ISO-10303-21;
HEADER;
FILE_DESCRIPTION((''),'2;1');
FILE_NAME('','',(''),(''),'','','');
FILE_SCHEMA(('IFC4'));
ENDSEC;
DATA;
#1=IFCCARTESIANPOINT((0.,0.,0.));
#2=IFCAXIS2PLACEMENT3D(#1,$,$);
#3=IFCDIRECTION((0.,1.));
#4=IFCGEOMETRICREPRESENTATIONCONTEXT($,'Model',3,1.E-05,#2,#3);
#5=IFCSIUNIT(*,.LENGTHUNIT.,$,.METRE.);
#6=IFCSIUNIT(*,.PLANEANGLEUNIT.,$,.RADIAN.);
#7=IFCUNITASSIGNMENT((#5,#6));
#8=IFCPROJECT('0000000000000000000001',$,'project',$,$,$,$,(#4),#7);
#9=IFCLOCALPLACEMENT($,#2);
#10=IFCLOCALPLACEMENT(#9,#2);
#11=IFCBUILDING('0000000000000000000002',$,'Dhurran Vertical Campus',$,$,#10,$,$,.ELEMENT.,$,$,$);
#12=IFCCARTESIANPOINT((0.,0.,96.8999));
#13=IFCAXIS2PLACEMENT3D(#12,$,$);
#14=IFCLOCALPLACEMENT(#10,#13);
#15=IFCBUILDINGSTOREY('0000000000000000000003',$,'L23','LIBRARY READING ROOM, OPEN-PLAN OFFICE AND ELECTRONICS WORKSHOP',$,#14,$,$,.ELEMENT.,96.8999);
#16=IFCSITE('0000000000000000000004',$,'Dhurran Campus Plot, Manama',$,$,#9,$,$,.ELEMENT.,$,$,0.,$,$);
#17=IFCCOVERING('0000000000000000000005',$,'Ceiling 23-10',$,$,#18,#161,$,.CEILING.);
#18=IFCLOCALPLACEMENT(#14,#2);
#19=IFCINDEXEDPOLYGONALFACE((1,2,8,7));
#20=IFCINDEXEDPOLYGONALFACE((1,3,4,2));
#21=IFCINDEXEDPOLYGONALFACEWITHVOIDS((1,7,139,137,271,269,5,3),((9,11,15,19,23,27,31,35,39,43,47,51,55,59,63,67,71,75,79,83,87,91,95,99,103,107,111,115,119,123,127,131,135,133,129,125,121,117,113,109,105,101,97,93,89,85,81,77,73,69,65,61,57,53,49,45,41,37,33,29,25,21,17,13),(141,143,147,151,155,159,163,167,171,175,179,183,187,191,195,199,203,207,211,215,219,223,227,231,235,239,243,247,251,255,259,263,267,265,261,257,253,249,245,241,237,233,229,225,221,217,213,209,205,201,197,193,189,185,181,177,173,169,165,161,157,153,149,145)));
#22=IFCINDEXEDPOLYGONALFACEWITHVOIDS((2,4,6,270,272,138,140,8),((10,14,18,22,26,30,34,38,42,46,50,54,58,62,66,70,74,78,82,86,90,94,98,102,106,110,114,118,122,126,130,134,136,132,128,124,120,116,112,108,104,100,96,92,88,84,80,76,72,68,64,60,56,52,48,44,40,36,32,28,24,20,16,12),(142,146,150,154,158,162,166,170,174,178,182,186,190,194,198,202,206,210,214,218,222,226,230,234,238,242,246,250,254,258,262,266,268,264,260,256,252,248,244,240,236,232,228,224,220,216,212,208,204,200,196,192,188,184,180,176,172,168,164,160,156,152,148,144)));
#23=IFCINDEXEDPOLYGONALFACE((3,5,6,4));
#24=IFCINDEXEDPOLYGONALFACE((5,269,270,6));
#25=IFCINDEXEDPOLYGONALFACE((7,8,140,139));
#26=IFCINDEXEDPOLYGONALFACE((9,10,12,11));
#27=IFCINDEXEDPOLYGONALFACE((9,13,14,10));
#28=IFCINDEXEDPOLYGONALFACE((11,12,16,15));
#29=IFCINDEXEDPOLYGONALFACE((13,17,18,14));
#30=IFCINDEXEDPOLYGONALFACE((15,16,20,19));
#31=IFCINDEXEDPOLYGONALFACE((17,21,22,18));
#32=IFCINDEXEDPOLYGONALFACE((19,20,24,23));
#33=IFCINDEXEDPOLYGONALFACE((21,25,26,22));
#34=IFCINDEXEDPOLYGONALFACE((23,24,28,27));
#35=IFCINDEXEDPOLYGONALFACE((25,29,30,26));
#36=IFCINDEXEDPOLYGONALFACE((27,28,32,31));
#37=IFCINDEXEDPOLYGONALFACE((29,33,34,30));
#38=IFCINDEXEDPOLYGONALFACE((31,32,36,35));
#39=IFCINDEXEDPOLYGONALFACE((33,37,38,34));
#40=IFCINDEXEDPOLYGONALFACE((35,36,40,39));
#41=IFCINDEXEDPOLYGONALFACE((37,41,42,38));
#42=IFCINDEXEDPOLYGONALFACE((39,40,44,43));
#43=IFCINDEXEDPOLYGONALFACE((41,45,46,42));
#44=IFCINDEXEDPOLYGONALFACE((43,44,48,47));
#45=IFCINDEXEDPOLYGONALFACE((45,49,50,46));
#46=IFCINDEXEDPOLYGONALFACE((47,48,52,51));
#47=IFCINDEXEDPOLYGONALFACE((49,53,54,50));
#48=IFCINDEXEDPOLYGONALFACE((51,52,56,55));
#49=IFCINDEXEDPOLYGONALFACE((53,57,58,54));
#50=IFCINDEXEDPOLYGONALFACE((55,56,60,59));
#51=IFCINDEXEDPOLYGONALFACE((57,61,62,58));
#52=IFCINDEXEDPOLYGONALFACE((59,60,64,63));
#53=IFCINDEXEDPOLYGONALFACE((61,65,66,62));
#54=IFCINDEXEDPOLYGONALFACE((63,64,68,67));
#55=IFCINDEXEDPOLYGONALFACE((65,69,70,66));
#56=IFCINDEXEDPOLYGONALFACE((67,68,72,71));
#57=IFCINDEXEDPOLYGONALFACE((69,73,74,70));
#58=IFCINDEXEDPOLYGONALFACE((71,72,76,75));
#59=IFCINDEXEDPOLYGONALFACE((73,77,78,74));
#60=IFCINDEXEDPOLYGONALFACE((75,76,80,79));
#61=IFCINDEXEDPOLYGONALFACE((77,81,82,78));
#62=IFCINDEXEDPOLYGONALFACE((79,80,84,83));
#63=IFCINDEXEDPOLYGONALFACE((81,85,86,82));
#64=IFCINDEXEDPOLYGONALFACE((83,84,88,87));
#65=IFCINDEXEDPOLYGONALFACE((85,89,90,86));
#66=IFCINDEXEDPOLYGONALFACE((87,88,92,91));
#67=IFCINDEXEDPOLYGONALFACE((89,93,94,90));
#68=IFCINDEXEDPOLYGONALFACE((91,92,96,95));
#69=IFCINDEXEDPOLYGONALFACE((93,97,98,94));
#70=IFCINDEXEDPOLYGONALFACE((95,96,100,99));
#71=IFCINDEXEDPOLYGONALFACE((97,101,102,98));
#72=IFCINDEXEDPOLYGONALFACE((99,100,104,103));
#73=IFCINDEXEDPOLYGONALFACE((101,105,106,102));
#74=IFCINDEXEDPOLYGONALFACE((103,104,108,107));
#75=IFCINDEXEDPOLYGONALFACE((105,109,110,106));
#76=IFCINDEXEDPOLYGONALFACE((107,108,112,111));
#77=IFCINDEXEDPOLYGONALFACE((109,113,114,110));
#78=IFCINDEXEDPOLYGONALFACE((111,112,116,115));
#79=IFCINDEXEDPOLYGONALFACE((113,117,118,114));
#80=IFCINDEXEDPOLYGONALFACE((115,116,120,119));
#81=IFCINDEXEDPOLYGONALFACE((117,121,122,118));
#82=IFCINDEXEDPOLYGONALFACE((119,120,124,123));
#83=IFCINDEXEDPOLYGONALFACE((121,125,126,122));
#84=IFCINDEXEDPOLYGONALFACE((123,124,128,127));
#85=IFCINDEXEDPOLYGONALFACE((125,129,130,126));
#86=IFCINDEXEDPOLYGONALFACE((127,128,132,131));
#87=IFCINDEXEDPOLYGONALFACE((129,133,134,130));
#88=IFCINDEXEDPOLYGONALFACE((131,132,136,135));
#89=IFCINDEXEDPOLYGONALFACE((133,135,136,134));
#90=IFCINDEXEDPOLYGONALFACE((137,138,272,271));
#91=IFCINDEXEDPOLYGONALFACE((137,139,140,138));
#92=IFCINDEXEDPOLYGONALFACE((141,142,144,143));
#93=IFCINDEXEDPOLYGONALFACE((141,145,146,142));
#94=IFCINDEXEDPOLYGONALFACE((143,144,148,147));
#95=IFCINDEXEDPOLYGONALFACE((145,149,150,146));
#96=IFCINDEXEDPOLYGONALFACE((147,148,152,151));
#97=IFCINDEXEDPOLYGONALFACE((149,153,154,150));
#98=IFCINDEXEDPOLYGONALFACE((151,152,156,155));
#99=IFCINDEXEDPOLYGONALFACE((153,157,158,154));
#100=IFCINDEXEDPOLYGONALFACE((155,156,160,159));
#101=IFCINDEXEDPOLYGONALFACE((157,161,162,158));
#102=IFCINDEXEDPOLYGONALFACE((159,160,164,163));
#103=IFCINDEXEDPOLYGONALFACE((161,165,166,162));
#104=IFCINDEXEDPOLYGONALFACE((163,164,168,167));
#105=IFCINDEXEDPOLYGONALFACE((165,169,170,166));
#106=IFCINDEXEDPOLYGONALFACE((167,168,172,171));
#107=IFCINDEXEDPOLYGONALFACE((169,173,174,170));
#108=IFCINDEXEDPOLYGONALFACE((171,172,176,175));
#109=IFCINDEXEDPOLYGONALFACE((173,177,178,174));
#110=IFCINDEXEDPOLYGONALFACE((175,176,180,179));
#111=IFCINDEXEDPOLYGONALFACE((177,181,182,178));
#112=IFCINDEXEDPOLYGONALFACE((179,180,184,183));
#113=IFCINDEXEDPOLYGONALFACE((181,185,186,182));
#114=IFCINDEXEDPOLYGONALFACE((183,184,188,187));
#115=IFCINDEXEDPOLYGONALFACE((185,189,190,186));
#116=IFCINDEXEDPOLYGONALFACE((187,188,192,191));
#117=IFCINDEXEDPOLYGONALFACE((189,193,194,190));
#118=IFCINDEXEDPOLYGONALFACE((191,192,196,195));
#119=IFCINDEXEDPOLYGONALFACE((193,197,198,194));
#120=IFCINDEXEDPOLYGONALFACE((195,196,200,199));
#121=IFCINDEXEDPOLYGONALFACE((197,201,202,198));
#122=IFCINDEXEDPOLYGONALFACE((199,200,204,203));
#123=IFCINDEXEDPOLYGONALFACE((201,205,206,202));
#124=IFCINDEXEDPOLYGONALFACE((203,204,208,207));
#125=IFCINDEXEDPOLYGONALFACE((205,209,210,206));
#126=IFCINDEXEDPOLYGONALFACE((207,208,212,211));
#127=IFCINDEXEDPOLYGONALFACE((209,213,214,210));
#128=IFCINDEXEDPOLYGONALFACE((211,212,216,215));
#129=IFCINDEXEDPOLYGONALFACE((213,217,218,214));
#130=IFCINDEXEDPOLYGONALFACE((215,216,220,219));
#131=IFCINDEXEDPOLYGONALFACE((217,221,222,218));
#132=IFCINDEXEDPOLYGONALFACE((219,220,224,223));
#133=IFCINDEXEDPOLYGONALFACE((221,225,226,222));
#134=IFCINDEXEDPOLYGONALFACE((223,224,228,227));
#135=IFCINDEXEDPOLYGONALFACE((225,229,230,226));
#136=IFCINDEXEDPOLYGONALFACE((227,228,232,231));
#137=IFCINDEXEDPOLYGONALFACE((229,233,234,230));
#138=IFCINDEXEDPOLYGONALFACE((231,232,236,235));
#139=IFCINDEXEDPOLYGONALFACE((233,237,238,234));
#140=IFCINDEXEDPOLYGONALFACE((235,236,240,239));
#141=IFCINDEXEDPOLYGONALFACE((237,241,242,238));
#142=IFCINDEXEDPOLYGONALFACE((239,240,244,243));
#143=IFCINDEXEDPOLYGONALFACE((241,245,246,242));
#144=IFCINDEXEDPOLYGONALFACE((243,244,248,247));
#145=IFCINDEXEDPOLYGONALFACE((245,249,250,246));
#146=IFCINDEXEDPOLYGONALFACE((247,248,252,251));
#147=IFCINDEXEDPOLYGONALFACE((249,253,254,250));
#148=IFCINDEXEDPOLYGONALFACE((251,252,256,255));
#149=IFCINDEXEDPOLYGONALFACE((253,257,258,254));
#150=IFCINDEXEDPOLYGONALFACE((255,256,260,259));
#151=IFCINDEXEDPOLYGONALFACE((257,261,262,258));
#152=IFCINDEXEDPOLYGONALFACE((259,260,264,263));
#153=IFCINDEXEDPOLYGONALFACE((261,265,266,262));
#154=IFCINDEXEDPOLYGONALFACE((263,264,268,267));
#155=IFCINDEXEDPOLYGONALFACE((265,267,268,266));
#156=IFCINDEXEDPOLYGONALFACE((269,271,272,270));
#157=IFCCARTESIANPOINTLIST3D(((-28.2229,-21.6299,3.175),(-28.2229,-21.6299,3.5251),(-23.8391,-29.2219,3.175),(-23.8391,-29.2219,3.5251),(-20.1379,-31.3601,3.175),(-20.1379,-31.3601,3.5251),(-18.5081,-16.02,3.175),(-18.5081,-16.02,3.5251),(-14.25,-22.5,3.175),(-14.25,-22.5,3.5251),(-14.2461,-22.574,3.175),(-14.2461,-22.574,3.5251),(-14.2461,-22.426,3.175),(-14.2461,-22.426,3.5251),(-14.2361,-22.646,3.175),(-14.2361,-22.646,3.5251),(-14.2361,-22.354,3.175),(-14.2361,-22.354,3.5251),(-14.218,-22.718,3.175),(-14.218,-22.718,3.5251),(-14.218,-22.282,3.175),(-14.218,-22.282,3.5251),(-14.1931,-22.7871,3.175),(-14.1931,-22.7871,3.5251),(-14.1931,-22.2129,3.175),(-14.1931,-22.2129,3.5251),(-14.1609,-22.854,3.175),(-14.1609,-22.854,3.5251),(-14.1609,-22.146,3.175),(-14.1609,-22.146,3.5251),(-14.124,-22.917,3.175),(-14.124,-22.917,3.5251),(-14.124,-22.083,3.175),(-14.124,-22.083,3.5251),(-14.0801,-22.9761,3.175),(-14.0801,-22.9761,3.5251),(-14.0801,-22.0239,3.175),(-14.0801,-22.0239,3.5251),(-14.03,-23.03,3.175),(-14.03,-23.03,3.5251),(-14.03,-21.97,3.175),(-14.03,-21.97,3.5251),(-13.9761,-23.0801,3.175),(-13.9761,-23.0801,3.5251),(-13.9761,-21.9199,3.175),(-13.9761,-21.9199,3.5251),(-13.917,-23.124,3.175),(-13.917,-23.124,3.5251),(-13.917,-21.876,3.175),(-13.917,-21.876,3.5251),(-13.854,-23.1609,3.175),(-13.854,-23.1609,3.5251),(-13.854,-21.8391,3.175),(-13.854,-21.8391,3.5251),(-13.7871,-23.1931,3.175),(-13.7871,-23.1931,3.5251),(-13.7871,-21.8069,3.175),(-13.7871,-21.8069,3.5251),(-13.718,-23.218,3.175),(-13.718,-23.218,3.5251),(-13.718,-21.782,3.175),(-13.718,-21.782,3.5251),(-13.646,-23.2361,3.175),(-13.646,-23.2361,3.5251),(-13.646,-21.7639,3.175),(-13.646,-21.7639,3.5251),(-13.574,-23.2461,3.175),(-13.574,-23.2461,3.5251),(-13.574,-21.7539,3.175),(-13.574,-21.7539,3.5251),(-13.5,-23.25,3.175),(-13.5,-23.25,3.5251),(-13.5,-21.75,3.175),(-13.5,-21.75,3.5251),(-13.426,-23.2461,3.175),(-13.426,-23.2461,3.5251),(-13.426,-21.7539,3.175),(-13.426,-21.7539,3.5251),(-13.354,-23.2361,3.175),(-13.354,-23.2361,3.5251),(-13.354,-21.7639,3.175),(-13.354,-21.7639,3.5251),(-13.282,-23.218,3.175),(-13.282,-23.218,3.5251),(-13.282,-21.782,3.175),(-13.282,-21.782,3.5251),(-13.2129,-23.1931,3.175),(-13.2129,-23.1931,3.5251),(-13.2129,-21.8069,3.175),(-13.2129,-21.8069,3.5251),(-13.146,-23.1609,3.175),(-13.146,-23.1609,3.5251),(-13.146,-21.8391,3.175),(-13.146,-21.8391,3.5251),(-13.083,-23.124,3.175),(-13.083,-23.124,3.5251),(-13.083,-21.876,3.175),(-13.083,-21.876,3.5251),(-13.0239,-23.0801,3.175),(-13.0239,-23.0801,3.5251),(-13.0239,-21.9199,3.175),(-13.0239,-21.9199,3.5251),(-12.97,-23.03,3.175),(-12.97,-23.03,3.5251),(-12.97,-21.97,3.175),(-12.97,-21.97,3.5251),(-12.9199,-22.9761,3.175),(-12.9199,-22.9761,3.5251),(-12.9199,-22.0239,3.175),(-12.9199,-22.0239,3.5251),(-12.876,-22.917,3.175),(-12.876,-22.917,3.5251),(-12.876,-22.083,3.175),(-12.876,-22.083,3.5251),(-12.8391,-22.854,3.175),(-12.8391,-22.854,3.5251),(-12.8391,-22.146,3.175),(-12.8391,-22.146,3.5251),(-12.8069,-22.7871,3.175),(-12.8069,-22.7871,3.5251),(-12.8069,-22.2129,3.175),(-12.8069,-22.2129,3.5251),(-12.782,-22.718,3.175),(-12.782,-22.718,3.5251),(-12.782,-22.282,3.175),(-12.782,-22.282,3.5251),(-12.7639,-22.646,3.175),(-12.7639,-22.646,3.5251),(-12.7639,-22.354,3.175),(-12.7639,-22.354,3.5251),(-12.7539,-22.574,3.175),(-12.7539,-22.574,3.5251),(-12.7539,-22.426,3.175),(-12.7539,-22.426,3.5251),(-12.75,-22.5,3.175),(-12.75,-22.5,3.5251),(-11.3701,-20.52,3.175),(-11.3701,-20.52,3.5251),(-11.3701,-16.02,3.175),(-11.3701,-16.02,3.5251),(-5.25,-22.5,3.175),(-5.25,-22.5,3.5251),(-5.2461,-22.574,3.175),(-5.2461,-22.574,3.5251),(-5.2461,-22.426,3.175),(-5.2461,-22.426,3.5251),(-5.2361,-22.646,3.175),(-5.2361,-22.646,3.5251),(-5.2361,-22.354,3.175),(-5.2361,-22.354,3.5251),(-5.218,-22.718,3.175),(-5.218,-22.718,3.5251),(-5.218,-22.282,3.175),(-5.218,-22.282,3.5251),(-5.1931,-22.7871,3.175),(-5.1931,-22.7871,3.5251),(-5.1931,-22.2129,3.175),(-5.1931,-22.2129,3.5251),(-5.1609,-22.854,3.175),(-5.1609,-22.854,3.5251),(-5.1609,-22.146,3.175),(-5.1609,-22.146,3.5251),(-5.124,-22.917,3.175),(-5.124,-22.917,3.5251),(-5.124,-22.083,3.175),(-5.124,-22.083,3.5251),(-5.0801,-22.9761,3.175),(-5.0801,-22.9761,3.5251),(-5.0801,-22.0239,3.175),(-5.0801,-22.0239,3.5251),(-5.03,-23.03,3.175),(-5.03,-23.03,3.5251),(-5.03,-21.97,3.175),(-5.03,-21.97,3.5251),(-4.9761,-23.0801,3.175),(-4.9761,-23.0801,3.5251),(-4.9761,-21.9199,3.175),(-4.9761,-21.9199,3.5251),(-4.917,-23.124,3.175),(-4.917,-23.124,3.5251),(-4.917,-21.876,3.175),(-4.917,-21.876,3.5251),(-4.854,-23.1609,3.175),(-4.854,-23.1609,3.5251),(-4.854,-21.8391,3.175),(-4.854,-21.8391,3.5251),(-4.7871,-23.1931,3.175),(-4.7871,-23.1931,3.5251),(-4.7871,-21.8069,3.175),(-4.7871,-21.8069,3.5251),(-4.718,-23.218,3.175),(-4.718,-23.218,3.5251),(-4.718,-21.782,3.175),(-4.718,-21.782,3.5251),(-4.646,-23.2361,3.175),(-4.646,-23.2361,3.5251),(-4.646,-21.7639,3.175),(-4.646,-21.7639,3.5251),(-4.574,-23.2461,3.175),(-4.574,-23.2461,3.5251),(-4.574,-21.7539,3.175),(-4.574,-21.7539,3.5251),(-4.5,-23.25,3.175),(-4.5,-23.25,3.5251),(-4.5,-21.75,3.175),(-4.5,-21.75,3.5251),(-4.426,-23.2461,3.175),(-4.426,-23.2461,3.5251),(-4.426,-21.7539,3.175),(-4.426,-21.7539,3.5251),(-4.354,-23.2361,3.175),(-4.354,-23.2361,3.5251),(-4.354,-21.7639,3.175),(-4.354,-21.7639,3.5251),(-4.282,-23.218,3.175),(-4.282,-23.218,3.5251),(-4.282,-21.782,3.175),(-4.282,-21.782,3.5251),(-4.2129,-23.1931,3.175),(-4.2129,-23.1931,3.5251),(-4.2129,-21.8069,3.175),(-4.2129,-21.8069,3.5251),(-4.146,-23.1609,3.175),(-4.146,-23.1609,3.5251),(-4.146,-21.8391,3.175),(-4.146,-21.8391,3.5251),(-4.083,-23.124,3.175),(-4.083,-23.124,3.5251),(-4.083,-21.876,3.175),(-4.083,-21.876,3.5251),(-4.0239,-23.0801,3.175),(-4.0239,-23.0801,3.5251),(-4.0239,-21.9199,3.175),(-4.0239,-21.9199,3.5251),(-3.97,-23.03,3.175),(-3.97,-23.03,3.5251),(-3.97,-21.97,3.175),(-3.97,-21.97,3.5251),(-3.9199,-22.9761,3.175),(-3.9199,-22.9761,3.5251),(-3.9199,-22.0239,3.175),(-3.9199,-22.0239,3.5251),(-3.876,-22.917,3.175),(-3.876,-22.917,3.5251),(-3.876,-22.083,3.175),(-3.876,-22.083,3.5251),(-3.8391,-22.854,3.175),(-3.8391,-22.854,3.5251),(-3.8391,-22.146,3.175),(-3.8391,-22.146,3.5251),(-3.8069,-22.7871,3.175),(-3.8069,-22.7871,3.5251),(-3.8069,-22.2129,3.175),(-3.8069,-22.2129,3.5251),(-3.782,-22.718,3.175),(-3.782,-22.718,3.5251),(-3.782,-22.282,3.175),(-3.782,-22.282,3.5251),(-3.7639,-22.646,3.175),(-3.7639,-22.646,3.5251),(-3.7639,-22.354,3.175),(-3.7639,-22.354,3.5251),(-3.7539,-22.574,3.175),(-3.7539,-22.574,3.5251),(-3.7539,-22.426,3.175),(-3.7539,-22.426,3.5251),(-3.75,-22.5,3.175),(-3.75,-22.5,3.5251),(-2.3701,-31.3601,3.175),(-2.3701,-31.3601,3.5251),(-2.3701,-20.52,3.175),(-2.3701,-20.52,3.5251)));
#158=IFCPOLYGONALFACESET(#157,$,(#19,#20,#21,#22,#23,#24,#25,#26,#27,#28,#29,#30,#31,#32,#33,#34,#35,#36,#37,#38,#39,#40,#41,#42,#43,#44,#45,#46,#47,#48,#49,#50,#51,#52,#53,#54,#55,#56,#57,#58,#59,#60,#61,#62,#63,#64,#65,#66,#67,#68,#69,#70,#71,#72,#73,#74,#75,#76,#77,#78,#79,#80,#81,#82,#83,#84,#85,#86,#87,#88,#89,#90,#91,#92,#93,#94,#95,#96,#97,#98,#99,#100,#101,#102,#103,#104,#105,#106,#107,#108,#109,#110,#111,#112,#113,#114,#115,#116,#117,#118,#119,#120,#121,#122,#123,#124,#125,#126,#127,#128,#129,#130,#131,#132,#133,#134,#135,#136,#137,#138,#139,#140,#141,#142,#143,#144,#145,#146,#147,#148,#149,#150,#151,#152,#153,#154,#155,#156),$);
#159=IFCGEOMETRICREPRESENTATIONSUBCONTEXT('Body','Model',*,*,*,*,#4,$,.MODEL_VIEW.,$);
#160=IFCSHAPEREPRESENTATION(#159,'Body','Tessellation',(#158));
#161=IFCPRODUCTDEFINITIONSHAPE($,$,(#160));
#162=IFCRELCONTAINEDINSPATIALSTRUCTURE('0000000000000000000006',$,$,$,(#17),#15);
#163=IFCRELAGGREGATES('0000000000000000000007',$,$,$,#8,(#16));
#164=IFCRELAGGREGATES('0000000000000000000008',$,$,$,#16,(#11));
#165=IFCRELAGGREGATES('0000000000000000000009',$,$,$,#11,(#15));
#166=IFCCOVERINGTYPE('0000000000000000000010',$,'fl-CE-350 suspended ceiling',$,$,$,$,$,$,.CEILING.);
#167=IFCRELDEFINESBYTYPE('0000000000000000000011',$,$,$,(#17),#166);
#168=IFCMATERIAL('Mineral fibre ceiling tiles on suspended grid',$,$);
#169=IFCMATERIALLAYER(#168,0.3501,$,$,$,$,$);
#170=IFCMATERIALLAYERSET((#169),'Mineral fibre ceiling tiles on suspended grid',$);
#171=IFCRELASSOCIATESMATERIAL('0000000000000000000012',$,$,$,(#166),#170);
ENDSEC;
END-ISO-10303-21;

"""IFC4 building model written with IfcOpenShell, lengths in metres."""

from ifc_helpers import new_model, si_unit, direction, frame, origin, place, context, subcontext, project, spatial, polyline, outline, extrude, material, layer, layer_set, type_object, element, save


model = new_model("IFC4")

# Units and contexts
model_context = context("Model", 3, precision=1e-05, world=origin(), true_north=direction((0.0, 1.0)))
body_context = subcontext(model_context, "Body", "Model", "MODEL_VIEW")
ifc_project = project(units=[si_unit("LENGTHUNIT", "METRE"), si_unit("PLANEANGLEUNIT", "RADIAN")], contexts=[model_context])

# Site, building, storey
site_placement = place(None, origin())
site = spatial("IfcSite", under=ifc_project, at=site_placement, Name="Dhurran Campus Plot, Manama", CompositionType="ELEMENT", RefElevation=0.0)
building_placement = place(site_placement, origin())
building = spatial("IfcBuilding", under=site, at=building_placement, Name="Dhurran Vertical Campus", CompositionType="ELEMENT")
storey_placement = place(building_placement, frame((0.0, 0.0, 96.8999)))
storey = spatial("IfcBuildingStorey", under=building, at=storey_placement, Name="L23", Description="LIBRARY READING ROOM, OPEN-PLAN OFFICE AND ELECTRONICS WORKSHOP", CompositionType="ELEMENT", Elevation=96.8999)

# Covering
ifc_material_1 = material(Name="Mineral fibre ceiling tiles on suspended grid")
ifc_layer_1 = layer(ifc_material_1, 0.3501)
ifc_layer_set_1 = layer_set([ifc_layer_1], Name="Mineral fibre ceiling tiles on suspended grid")
covering_type = type_object("IfcCoveringType", Name="fl-CE-350 suspended ceiling", PredefinedType="CEILING", material=ifc_layer_set_1)
covering_1_placement = place(storey_placement, frame((0.0, 0.0, 3.175)))
element("IfcCovering", 1, at=covering_1_placement, inside=storey, type_object=covering_type, Name="Ceiling 23-10", PredefinedType="CEILING", context=body_context, shape_type="SweptSolid", body=[
    extrude(outline(polyline([(-2.3701, -20.52), (-2.3701, -31.3601), (-20.1379, -31.3601), (-23.8391, -29.2219), (-28.2229, -21.6299), (-18.5081, -16.02), (-11.3701, -16.02), (-11.3701, -20.52), (-2.3701, -20.52)]), holes=[polyline([(-13.2129, -21.8069), (-13.282, -21.782), (-13.354, -21.7639), (-13.426, -21.7539), (-13.5, -21.75), (-13.574, -21.7539), (-13.646, -21.7639), (-13.718, -21.782), (-13.7871, -21.8069), (-13.854, -21.8391), (-13.917, -21.876), (-13.9761, -21.9199), (-14.03, -21.97), (-14.0801, -22.0239), (-14.124, -22.083), (-14.1609, -22.146), (-14.1931, -22.2129), (-14.218, -22.282), (-14.2361, -22.354), (-14.2461, -22.426), (-14.25, -22.5), (-14.2461, -22.574), (-14.2361, -22.646), (-14.218, -22.718), (-14.1931, -22.7871), (-14.1609, -22.854), (-14.124, -22.917), (-14.0801, -22.9761), (-14.03, -23.03), (-13.9761, -23.0801), (-13.917, -23.124), (-13.854, -23.1609), (-13.7871, -23.1931), (-13.718, -23.218), (-13.646, -23.2361), (-13.574, -23.2461), (-13.5, -23.25), (-13.426, -23.2461), (-13.354, -23.2361), (-13.282, -23.218), (-13.2129, -23.1931), (-13.146, -23.1609), (-13.083, -23.124), (-13.0239, -23.0801), (-12.97, -23.03), (-12.9199, -22.9761), (-12.876, -22.917), (-12.8391, -22.854), (-12.8069, -22.7871), (-12.782, -22.718), (-12.7639, -22.646), (-12.7539, -22.574), (-12.75, -22.5), (-12.7539, -22.426), (-12.7639, -22.354), (-12.782, -22.282), (-12.8069, -22.2129), (-12.8391, -22.146), (-12.876, -22.083), (-12.9199, -22.0239), (-12.97, -21.97), (-13.0239, -21.9199), (-13.083, -21.876), (-13.146, -21.8391), (-13.2129, -21.8069)]), polyline([(-4.083, -21.876), (-4.146, -21.8391), (-4.2129, -21.8069), (-4.282, -21.782), (-4.354, -21.7639), (-4.426, -21.7539), (-4.5, -21.75), (-4.574, -21.7539), (-4.646, -21.7639), (-4.718, -21.782), (-4.7871, -21.8069), (-4.854, -21.8391), (-4.917, -21.876), (-4.9761, -21.9199), (-5.03, -21.97), (-5.0801, -22.0239), (-5.124, -22.083), (-5.1609, -22.146), (-5.1931, -22.2129), (-5.218, -22.282), (-5.2361, -22.354), (-5.2461, -22.426), (-5.25, -22.5), (-5.2461, -22.574), (-5.2361, -22.646), (-5.218, -22.718), (-5.1931, -22.7871), (-5.1609, -22.854), (-5.124, -22.917), (-5.0801, -22.9761), (-5.03, -23.03), (-4.9761, -23.0801), (-4.917, -23.124), (-4.854, -23.1609), (-4.7871, -23.1931), (-4.718, -23.218), (-4.646, -23.2361), (-4.574, -23.2461), (-4.5, -23.25), (-4.426, -23.2461), (-4.354, -23.2361), (-4.282, -23.218), (-4.2129, -23.1931), (-4.146, -23.1609), (-4.083, -23.124), (-4.0239, -23.0801), (-3.97, -23.03), (-3.9199, -22.9761), (-3.876, -22.917), (-3.8391, -22.854), (-3.8069, -22.7871), (-3.782, -22.718), (-3.7639, -22.646), (-3.7539, -22.574), (-3.75, -22.5), (-3.7539, -22.426), (-3.7639, -22.354), (-3.782, -22.282), (-3.8069, -22.2129), (-3.8391, -22.146), (-3.876, -22.083), (-3.9199, -22.0239), (-3.97, -21.97), (-4.0239, -21.9199), (-4.083, -21.876)])]), origin(), (0.0, 0.0, 1.0), 0.3501),
])

save(model, "model.ifc")
